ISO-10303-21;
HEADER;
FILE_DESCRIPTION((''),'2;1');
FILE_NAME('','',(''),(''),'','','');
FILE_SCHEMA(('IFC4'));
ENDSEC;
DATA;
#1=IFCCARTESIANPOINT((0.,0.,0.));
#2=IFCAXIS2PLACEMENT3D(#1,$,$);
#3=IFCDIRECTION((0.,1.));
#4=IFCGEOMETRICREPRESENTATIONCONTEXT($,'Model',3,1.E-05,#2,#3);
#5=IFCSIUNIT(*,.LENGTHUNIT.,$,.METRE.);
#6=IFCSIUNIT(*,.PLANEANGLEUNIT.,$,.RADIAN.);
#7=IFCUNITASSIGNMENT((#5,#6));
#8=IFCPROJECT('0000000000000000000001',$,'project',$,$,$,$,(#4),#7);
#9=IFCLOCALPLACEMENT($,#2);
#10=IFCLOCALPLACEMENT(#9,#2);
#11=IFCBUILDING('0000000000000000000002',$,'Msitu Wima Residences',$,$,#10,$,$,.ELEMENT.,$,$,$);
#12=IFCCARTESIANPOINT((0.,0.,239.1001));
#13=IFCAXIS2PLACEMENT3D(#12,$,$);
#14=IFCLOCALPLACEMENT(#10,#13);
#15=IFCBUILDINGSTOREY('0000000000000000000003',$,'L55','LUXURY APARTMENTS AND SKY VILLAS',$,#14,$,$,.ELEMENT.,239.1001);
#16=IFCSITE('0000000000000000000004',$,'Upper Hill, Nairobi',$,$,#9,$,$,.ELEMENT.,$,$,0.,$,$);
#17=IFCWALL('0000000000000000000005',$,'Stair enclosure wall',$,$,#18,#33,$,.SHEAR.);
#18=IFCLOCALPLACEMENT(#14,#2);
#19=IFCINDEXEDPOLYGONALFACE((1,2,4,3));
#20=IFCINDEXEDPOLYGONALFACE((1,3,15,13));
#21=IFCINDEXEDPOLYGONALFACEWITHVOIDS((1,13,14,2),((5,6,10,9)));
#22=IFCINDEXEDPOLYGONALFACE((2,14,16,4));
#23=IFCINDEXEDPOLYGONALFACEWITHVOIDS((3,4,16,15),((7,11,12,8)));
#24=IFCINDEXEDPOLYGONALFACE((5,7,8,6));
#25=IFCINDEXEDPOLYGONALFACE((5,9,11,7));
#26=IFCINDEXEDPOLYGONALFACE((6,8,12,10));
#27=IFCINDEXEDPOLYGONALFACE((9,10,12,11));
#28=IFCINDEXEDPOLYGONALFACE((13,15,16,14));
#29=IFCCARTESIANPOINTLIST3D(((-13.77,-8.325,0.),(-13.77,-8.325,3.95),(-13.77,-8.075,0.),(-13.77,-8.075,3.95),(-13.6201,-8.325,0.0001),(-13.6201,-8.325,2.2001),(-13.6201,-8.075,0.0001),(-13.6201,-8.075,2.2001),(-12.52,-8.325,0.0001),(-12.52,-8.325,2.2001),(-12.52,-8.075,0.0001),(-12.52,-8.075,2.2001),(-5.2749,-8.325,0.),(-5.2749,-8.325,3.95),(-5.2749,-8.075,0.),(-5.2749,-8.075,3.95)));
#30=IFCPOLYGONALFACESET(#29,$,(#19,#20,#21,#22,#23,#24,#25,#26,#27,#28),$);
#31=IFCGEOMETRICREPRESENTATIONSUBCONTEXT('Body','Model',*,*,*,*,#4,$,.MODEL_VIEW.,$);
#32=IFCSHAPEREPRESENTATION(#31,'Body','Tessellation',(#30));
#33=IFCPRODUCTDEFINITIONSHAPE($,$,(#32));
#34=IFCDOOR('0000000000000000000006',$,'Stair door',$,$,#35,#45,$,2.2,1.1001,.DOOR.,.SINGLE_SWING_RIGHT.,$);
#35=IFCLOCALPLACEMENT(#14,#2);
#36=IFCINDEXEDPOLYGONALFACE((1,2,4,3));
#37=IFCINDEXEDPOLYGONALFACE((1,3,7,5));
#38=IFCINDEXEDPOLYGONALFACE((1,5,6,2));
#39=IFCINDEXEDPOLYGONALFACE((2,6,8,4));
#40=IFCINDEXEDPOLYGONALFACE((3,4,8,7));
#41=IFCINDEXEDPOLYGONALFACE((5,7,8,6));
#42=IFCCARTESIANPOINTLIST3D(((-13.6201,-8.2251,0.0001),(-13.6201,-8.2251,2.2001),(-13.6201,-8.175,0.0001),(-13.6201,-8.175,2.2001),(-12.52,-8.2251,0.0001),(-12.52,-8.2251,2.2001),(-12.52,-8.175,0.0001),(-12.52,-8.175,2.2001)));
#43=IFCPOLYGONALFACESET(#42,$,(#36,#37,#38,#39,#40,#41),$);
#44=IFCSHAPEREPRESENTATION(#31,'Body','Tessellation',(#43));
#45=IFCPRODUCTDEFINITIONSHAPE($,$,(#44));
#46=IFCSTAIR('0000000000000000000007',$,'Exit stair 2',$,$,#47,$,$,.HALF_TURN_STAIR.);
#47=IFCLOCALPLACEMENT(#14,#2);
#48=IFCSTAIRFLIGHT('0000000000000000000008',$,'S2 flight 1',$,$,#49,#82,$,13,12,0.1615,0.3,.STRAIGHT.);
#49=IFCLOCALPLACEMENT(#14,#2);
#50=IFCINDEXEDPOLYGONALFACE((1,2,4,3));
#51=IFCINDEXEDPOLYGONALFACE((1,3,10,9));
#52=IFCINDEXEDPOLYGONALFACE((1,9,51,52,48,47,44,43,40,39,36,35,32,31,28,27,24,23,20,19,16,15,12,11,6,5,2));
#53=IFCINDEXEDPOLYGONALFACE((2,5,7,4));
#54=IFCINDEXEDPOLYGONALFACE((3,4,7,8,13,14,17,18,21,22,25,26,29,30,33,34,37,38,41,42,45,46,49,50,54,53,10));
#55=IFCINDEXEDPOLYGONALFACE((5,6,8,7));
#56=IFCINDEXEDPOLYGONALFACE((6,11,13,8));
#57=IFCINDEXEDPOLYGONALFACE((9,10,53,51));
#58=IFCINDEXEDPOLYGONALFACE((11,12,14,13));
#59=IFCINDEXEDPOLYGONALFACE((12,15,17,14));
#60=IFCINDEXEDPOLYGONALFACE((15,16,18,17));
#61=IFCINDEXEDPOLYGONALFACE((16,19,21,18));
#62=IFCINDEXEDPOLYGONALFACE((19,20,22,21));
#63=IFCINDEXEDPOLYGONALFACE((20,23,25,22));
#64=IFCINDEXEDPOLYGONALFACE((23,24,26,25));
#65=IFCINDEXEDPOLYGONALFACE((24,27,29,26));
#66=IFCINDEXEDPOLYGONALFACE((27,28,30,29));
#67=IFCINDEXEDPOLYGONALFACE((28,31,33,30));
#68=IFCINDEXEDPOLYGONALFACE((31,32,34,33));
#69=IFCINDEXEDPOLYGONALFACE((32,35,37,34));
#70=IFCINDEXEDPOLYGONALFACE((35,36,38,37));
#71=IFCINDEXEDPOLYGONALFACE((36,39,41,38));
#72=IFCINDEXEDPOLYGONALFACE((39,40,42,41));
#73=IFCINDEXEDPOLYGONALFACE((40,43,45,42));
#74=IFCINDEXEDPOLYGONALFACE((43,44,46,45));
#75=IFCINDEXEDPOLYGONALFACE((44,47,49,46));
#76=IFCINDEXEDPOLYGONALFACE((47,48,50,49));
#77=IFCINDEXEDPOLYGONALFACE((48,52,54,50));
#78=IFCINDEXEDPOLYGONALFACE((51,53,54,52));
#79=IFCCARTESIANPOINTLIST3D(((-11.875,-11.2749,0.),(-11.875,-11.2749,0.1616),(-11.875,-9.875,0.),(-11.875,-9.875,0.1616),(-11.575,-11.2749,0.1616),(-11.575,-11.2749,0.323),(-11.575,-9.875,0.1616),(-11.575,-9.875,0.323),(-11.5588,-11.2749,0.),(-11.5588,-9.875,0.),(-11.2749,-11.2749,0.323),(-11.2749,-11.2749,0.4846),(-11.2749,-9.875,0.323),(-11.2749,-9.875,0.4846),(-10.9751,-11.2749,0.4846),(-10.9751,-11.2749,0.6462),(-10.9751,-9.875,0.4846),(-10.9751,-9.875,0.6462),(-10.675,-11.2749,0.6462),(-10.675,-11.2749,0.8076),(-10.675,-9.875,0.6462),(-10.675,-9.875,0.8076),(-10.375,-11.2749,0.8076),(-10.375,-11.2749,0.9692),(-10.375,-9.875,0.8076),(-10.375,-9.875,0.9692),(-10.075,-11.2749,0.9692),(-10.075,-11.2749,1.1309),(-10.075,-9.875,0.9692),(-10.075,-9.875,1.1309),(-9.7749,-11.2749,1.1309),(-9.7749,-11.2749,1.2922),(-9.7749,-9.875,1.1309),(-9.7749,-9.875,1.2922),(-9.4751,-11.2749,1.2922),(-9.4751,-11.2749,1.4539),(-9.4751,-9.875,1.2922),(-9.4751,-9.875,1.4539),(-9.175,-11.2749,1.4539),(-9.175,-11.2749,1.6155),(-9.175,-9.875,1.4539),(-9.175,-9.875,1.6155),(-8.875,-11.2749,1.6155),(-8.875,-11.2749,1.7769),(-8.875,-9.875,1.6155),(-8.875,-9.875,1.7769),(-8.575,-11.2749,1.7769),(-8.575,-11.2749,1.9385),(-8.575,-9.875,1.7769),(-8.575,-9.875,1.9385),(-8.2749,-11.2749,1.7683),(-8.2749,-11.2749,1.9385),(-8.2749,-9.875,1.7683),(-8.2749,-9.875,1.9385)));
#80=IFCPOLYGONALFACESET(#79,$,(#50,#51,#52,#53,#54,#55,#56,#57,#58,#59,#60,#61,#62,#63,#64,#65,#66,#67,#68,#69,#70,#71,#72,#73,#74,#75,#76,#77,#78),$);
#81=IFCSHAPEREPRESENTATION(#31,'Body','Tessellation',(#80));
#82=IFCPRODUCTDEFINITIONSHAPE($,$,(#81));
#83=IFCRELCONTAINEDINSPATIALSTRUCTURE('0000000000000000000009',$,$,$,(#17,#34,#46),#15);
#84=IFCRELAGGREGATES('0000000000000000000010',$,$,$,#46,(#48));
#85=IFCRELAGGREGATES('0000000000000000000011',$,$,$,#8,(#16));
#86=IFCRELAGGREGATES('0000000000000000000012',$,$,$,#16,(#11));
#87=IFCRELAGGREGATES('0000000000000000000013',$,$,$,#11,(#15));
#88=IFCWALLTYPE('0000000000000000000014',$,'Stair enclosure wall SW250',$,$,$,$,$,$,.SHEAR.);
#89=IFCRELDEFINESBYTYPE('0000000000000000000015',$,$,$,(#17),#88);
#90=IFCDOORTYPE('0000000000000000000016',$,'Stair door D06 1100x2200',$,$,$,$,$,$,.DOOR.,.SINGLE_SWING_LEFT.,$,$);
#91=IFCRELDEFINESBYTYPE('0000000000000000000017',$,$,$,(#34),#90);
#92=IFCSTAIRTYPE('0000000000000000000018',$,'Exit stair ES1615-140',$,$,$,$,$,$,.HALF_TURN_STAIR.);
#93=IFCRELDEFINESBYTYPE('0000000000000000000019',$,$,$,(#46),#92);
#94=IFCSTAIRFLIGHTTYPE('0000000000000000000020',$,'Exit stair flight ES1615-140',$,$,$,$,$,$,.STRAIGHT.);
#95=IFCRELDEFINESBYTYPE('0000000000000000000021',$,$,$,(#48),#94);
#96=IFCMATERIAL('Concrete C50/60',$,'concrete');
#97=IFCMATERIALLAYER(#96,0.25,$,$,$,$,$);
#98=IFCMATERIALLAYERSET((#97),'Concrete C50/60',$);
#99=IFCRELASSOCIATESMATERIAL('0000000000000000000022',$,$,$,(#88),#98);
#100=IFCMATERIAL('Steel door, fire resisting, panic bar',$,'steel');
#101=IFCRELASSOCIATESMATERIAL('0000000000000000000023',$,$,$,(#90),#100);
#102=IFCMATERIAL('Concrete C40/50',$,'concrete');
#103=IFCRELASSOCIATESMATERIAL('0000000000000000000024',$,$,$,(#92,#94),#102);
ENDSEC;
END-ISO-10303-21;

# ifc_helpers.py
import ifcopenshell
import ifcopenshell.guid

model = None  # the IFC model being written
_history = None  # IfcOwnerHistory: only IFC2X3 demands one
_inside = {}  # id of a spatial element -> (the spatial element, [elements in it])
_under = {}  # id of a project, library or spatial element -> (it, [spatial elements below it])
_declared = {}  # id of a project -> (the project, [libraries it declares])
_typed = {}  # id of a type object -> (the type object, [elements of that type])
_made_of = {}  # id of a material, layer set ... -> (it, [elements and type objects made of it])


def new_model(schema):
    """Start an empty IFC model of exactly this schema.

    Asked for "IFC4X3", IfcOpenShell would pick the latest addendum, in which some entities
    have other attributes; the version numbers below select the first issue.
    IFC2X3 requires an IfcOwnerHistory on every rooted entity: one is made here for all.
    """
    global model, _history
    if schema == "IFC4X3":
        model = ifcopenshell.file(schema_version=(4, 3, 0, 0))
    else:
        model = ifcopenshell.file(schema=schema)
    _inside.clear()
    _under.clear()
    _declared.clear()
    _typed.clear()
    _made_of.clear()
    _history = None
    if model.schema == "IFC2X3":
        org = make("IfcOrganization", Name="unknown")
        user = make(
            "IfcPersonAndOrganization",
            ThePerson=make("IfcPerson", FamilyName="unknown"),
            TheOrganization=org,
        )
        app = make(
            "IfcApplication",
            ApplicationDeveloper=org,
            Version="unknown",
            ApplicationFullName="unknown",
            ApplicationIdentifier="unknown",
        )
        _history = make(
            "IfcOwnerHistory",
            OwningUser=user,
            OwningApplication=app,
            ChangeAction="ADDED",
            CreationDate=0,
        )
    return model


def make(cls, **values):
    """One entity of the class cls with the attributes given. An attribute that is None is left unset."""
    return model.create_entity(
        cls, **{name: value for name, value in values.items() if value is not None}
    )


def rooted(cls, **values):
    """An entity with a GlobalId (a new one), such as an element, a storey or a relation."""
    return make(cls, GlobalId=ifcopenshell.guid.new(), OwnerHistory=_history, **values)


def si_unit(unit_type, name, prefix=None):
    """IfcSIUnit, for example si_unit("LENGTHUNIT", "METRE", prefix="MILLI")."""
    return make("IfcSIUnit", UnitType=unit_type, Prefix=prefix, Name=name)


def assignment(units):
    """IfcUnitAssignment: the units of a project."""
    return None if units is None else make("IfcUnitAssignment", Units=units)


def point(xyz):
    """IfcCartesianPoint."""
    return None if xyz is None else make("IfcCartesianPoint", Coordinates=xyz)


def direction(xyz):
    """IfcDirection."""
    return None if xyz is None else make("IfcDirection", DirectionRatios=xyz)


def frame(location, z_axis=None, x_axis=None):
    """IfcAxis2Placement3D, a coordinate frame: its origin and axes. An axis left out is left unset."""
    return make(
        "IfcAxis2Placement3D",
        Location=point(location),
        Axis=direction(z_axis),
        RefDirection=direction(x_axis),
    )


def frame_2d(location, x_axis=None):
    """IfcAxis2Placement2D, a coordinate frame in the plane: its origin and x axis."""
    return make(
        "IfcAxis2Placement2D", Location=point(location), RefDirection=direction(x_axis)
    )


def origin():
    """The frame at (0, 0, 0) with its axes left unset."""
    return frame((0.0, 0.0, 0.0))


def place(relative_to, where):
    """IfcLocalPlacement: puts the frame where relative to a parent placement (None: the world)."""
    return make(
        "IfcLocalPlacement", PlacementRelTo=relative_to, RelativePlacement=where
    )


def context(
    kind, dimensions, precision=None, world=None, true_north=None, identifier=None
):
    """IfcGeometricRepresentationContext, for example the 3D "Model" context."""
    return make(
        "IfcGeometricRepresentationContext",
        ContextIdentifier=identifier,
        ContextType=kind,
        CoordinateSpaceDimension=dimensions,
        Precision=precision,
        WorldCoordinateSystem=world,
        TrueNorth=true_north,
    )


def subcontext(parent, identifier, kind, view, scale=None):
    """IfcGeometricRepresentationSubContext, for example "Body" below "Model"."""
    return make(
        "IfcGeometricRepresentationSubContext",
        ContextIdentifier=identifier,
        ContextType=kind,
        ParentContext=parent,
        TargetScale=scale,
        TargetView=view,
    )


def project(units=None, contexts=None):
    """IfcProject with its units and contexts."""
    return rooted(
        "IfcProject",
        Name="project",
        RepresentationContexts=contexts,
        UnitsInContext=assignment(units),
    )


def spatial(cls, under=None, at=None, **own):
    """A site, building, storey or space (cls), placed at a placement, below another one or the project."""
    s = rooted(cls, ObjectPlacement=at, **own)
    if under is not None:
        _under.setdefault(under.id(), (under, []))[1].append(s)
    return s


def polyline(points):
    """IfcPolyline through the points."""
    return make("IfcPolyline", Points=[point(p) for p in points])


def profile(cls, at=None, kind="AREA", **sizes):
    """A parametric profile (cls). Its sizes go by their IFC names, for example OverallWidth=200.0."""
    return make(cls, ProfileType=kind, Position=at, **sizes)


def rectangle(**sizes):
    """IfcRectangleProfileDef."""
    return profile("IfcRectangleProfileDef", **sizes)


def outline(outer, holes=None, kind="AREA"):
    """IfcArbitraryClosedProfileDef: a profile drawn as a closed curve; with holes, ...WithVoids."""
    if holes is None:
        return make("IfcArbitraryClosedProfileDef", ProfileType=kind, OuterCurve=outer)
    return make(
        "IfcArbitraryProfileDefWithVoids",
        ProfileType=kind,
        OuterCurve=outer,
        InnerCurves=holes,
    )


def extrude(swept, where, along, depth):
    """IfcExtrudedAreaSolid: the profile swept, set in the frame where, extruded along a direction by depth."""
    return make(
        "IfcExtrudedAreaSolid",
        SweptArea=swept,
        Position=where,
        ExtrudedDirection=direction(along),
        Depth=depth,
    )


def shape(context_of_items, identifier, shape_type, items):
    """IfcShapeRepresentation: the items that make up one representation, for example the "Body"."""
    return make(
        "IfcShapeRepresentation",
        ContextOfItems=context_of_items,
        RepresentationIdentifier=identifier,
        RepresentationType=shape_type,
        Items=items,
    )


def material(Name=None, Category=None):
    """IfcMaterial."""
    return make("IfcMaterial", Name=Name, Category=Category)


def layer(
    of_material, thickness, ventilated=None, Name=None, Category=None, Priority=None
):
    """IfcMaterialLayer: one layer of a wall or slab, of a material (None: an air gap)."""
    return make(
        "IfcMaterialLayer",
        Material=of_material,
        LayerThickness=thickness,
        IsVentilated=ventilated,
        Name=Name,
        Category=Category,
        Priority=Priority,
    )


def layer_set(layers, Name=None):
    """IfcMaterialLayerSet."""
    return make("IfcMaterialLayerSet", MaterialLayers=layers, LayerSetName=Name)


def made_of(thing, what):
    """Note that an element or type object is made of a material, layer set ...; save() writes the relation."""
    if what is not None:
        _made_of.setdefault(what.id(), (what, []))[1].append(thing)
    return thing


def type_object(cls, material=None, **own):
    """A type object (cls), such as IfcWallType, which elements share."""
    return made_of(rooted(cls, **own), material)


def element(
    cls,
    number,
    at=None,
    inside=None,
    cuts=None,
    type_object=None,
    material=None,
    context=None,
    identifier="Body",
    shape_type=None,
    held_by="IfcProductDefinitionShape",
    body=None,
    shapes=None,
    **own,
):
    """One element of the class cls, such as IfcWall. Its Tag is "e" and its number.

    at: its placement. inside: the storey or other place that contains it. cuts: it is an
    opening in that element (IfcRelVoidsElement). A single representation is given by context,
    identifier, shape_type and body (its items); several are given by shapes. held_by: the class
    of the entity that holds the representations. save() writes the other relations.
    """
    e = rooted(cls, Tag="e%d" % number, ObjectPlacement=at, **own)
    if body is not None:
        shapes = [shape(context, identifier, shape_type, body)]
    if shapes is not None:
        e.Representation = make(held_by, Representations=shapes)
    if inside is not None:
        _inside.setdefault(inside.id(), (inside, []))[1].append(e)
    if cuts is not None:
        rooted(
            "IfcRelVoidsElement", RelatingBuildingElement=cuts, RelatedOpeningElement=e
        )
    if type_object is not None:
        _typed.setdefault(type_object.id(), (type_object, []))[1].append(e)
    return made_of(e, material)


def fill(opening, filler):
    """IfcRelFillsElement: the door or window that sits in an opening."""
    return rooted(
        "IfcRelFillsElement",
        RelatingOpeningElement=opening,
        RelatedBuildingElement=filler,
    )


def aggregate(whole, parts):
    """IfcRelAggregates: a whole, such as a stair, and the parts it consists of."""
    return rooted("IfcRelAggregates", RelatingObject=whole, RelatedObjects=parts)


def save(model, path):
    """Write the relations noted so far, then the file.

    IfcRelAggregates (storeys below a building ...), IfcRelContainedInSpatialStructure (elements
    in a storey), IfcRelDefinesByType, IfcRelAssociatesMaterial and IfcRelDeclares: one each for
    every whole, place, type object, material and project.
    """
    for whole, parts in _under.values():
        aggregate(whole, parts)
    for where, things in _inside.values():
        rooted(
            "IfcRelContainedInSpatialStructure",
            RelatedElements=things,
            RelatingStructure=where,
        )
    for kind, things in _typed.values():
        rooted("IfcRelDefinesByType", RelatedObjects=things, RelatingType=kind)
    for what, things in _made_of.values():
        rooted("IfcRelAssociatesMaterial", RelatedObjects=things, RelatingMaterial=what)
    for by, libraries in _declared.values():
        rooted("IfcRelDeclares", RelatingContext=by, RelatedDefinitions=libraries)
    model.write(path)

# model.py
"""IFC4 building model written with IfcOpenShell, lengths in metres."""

from ifc_helpers import new_model, si_unit, direction, frame, frame_2d, origin, place, context, subcontext, project, spatial, polyline, rectangle, outline, extrude, material, layer, layer_set, type_object, element, fill, aggregate, save


model = new_model("IFC4")

# Units and contexts
model_context = context("Model", 3, precision=1e-05, world=origin(), true_north=direction((0.0, 1.0)))
body_context = subcontext(model_context, "Body", "Model", "MODEL_VIEW")
ifc_project = project(units=[si_unit("LENGTHUNIT", "METRE"), si_unit("PLANEANGLEUNIT", "RADIAN")], contexts=[model_context])

# Site, building, storey
site_placement = place(None, origin())
site = spatial("IfcSite", under=ifc_project, at=site_placement, Name="Upper Hill, Nairobi", CompositionType="ELEMENT", RefElevation=0.0)
building_placement = place(site_placement, origin())
building = spatial("IfcBuilding", under=site, at=building_placement, Name="Msitu Wima Residences", CompositionType="ELEMENT")
storey_placement = place(building_placement, frame((0.0, 0.0, 239.1001)))
storey = spatial("IfcBuildingStorey", under=building, at=storey_placement, Name="L55", Description="LUXURY APARTMENTS AND SKY VILLAS", CompositionType="ELEMENT", Elevation=239.1001)

# Wall, opening, door
ifc_material_1 = material(Name="Concrete C50/60", Category="concrete")
ifc_layer_1 = layer(ifc_material_1, 0.25)
ifc_layer_set_1 = layer_set([ifc_layer_1], Name="Concrete C50/60")
wall_type_1 = type_object("IfcWallType", Name="Stair enclosure wall SW250", PredefinedType="SHEAR", material=ifc_layer_set_1)
wall_1_placement = place(storey_placement, frame((-13.77, -8.2, 0.0), z_axis=(0.0, 0.0, 1.0), x_axis=(1.0, 0.0, 0.0)))
wall_1 = element("IfcWall", 1, at=wall_1_placement, inside=storey, type_object=wall_type_1, Name="Stair enclosure wall", PredefinedType="SHEAR", context=body_context, shape_type="SweptSolid", body=[
    extrude(rectangle(XDim=8.4951, YDim=0.25, at=frame_2d((4.2476, 0.0))), origin(), (0.0, 0.0, 1.0), 3.95),
])
opening_1_placement = place(wall_1_placement, frame((0.1499, 0.0, 0.0)))
opening_1 = element("IfcOpeningElement", 2, at=opening_1_placement, cuts=wall_1, PredefinedType="OPENING", context=body_context, shape_type="SweptSolid", body=[
    extrude(rectangle(XDim=1.1001, YDim=2.2, at=frame_2d((0.55, 1.1001))), frame((0.0, 0.135, 0.0), z_axis=(0.0, -1.0, 0.0), x_axis=(1.0, 0.0, 0.0)), (0.0, 0.0, 1.0), 0.27),
])
ifc_material_2 = material(Name="Steel door, fire resisting, panic bar", Category="steel")
door_type_1 = type_object("IfcDoorType", Name="Stair door D06 1100x2200", OperationType="SINGLE_SWING_LEFT", PredefinedType="DOOR", material=ifc_material_2)
door_1_placement = place(opening_1_placement, origin())
door_1 = element("IfcDoor", 3, at=door_1_placement, inside=storey, type_object=door_type_1, Name="Stair door", OperationType="SINGLE_SWING_RIGHT", OverallHeight=2.2, OverallWidth=1.1001, PredefinedType="DOOR", context=body_context, shape_type="SweptSolid", body=[
    extrude(rectangle(XDim=1.1001, YDim=2.2, at=frame_2d((0.55, 1.1001))), frame((0.0, 0.0249, 0.0), z_axis=(0.0, -1.0, 0.0), x_axis=(1.0, 0.0, 0.0)), (0.0, 0.0, 1.0), 0.05),
])
fill(opening_1, door_1)

# Stair, stair flight
ifc_material_3 = material(Name="Concrete C40/50", Category="concrete")
stair_type = type_object("IfcStairType", Name="Exit stair ES1615-140", PredefinedType="HALF_TURN_STAIR", material=ifc_material_3)
stair_placement = place(storey_placement, origin())
stair = element("IfcStair", 4, at=stair_placement, inside=storey, type_object=stair_type, Name="Exit stair 2", PredefinedType="HALF_TURN_STAIR")
stair_flight_type = type_object("IfcStairFlightType", Name="Exit stair flight ES1615-140", PredefinedType="STRAIGHT", material=ifc_material_3)
stair_flight_placement = place(storey_placement, frame((-11.875, -10.575, 0.0), z_axis=(0.0, 0.0, 1.0), x_axis=(1.0, 0.0, 0.0)))
stair_flight = element("IfcStairFlight", 5, at=stair_flight_placement, type_object=stair_flight_type, Name="S2 flight 1", NumberOfRisers=13, NumberOfTreads=12, PredefinedType="STRAIGHT", RiserHeight=0.1615, TreadLength=0.3, context=body_context, shape_type="SweptSolid", body=[
    extrude(outline(polyline([(0.0, 0.0), (0.0, 0.1616), (0.3, 0.1616), (0.3, 0.323), (0.6001, 0.323), (0.6001, 0.4846), (0.8999, 0.4846), (0.8999, 0.6462), (1.2, 0.6462), (1.2, 0.8076), (1.5, 0.8076), (1.5, 0.9692), (1.8, 0.9692), (1.8, 1.1309), (2.1001, 1.1309), (2.1001, 1.2922), (2.3999, 1.2922), (2.3999, 1.4539), (2.7, 1.4539), (2.7, 1.6155), (3.0, 1.6155), (3.0, 1.7769), (3.3, 1.7769), (3.3, 1.9385), (3.6001, 1.9385), (3.6001, 2.1001), (3.6001, 1.7683), (0.3162, 0.0), (0.0, 0.0)])), frame((0.0, 0.7, 0.0), z_axis=(0.0, -1.0, 0.0), x_axis=(1.0, 0.0, 0.0)), (0.0, 0.0, 1.0), 1.3999),
])
aggregate(stair, [stair_flight])

save(model, "model.ifc")
